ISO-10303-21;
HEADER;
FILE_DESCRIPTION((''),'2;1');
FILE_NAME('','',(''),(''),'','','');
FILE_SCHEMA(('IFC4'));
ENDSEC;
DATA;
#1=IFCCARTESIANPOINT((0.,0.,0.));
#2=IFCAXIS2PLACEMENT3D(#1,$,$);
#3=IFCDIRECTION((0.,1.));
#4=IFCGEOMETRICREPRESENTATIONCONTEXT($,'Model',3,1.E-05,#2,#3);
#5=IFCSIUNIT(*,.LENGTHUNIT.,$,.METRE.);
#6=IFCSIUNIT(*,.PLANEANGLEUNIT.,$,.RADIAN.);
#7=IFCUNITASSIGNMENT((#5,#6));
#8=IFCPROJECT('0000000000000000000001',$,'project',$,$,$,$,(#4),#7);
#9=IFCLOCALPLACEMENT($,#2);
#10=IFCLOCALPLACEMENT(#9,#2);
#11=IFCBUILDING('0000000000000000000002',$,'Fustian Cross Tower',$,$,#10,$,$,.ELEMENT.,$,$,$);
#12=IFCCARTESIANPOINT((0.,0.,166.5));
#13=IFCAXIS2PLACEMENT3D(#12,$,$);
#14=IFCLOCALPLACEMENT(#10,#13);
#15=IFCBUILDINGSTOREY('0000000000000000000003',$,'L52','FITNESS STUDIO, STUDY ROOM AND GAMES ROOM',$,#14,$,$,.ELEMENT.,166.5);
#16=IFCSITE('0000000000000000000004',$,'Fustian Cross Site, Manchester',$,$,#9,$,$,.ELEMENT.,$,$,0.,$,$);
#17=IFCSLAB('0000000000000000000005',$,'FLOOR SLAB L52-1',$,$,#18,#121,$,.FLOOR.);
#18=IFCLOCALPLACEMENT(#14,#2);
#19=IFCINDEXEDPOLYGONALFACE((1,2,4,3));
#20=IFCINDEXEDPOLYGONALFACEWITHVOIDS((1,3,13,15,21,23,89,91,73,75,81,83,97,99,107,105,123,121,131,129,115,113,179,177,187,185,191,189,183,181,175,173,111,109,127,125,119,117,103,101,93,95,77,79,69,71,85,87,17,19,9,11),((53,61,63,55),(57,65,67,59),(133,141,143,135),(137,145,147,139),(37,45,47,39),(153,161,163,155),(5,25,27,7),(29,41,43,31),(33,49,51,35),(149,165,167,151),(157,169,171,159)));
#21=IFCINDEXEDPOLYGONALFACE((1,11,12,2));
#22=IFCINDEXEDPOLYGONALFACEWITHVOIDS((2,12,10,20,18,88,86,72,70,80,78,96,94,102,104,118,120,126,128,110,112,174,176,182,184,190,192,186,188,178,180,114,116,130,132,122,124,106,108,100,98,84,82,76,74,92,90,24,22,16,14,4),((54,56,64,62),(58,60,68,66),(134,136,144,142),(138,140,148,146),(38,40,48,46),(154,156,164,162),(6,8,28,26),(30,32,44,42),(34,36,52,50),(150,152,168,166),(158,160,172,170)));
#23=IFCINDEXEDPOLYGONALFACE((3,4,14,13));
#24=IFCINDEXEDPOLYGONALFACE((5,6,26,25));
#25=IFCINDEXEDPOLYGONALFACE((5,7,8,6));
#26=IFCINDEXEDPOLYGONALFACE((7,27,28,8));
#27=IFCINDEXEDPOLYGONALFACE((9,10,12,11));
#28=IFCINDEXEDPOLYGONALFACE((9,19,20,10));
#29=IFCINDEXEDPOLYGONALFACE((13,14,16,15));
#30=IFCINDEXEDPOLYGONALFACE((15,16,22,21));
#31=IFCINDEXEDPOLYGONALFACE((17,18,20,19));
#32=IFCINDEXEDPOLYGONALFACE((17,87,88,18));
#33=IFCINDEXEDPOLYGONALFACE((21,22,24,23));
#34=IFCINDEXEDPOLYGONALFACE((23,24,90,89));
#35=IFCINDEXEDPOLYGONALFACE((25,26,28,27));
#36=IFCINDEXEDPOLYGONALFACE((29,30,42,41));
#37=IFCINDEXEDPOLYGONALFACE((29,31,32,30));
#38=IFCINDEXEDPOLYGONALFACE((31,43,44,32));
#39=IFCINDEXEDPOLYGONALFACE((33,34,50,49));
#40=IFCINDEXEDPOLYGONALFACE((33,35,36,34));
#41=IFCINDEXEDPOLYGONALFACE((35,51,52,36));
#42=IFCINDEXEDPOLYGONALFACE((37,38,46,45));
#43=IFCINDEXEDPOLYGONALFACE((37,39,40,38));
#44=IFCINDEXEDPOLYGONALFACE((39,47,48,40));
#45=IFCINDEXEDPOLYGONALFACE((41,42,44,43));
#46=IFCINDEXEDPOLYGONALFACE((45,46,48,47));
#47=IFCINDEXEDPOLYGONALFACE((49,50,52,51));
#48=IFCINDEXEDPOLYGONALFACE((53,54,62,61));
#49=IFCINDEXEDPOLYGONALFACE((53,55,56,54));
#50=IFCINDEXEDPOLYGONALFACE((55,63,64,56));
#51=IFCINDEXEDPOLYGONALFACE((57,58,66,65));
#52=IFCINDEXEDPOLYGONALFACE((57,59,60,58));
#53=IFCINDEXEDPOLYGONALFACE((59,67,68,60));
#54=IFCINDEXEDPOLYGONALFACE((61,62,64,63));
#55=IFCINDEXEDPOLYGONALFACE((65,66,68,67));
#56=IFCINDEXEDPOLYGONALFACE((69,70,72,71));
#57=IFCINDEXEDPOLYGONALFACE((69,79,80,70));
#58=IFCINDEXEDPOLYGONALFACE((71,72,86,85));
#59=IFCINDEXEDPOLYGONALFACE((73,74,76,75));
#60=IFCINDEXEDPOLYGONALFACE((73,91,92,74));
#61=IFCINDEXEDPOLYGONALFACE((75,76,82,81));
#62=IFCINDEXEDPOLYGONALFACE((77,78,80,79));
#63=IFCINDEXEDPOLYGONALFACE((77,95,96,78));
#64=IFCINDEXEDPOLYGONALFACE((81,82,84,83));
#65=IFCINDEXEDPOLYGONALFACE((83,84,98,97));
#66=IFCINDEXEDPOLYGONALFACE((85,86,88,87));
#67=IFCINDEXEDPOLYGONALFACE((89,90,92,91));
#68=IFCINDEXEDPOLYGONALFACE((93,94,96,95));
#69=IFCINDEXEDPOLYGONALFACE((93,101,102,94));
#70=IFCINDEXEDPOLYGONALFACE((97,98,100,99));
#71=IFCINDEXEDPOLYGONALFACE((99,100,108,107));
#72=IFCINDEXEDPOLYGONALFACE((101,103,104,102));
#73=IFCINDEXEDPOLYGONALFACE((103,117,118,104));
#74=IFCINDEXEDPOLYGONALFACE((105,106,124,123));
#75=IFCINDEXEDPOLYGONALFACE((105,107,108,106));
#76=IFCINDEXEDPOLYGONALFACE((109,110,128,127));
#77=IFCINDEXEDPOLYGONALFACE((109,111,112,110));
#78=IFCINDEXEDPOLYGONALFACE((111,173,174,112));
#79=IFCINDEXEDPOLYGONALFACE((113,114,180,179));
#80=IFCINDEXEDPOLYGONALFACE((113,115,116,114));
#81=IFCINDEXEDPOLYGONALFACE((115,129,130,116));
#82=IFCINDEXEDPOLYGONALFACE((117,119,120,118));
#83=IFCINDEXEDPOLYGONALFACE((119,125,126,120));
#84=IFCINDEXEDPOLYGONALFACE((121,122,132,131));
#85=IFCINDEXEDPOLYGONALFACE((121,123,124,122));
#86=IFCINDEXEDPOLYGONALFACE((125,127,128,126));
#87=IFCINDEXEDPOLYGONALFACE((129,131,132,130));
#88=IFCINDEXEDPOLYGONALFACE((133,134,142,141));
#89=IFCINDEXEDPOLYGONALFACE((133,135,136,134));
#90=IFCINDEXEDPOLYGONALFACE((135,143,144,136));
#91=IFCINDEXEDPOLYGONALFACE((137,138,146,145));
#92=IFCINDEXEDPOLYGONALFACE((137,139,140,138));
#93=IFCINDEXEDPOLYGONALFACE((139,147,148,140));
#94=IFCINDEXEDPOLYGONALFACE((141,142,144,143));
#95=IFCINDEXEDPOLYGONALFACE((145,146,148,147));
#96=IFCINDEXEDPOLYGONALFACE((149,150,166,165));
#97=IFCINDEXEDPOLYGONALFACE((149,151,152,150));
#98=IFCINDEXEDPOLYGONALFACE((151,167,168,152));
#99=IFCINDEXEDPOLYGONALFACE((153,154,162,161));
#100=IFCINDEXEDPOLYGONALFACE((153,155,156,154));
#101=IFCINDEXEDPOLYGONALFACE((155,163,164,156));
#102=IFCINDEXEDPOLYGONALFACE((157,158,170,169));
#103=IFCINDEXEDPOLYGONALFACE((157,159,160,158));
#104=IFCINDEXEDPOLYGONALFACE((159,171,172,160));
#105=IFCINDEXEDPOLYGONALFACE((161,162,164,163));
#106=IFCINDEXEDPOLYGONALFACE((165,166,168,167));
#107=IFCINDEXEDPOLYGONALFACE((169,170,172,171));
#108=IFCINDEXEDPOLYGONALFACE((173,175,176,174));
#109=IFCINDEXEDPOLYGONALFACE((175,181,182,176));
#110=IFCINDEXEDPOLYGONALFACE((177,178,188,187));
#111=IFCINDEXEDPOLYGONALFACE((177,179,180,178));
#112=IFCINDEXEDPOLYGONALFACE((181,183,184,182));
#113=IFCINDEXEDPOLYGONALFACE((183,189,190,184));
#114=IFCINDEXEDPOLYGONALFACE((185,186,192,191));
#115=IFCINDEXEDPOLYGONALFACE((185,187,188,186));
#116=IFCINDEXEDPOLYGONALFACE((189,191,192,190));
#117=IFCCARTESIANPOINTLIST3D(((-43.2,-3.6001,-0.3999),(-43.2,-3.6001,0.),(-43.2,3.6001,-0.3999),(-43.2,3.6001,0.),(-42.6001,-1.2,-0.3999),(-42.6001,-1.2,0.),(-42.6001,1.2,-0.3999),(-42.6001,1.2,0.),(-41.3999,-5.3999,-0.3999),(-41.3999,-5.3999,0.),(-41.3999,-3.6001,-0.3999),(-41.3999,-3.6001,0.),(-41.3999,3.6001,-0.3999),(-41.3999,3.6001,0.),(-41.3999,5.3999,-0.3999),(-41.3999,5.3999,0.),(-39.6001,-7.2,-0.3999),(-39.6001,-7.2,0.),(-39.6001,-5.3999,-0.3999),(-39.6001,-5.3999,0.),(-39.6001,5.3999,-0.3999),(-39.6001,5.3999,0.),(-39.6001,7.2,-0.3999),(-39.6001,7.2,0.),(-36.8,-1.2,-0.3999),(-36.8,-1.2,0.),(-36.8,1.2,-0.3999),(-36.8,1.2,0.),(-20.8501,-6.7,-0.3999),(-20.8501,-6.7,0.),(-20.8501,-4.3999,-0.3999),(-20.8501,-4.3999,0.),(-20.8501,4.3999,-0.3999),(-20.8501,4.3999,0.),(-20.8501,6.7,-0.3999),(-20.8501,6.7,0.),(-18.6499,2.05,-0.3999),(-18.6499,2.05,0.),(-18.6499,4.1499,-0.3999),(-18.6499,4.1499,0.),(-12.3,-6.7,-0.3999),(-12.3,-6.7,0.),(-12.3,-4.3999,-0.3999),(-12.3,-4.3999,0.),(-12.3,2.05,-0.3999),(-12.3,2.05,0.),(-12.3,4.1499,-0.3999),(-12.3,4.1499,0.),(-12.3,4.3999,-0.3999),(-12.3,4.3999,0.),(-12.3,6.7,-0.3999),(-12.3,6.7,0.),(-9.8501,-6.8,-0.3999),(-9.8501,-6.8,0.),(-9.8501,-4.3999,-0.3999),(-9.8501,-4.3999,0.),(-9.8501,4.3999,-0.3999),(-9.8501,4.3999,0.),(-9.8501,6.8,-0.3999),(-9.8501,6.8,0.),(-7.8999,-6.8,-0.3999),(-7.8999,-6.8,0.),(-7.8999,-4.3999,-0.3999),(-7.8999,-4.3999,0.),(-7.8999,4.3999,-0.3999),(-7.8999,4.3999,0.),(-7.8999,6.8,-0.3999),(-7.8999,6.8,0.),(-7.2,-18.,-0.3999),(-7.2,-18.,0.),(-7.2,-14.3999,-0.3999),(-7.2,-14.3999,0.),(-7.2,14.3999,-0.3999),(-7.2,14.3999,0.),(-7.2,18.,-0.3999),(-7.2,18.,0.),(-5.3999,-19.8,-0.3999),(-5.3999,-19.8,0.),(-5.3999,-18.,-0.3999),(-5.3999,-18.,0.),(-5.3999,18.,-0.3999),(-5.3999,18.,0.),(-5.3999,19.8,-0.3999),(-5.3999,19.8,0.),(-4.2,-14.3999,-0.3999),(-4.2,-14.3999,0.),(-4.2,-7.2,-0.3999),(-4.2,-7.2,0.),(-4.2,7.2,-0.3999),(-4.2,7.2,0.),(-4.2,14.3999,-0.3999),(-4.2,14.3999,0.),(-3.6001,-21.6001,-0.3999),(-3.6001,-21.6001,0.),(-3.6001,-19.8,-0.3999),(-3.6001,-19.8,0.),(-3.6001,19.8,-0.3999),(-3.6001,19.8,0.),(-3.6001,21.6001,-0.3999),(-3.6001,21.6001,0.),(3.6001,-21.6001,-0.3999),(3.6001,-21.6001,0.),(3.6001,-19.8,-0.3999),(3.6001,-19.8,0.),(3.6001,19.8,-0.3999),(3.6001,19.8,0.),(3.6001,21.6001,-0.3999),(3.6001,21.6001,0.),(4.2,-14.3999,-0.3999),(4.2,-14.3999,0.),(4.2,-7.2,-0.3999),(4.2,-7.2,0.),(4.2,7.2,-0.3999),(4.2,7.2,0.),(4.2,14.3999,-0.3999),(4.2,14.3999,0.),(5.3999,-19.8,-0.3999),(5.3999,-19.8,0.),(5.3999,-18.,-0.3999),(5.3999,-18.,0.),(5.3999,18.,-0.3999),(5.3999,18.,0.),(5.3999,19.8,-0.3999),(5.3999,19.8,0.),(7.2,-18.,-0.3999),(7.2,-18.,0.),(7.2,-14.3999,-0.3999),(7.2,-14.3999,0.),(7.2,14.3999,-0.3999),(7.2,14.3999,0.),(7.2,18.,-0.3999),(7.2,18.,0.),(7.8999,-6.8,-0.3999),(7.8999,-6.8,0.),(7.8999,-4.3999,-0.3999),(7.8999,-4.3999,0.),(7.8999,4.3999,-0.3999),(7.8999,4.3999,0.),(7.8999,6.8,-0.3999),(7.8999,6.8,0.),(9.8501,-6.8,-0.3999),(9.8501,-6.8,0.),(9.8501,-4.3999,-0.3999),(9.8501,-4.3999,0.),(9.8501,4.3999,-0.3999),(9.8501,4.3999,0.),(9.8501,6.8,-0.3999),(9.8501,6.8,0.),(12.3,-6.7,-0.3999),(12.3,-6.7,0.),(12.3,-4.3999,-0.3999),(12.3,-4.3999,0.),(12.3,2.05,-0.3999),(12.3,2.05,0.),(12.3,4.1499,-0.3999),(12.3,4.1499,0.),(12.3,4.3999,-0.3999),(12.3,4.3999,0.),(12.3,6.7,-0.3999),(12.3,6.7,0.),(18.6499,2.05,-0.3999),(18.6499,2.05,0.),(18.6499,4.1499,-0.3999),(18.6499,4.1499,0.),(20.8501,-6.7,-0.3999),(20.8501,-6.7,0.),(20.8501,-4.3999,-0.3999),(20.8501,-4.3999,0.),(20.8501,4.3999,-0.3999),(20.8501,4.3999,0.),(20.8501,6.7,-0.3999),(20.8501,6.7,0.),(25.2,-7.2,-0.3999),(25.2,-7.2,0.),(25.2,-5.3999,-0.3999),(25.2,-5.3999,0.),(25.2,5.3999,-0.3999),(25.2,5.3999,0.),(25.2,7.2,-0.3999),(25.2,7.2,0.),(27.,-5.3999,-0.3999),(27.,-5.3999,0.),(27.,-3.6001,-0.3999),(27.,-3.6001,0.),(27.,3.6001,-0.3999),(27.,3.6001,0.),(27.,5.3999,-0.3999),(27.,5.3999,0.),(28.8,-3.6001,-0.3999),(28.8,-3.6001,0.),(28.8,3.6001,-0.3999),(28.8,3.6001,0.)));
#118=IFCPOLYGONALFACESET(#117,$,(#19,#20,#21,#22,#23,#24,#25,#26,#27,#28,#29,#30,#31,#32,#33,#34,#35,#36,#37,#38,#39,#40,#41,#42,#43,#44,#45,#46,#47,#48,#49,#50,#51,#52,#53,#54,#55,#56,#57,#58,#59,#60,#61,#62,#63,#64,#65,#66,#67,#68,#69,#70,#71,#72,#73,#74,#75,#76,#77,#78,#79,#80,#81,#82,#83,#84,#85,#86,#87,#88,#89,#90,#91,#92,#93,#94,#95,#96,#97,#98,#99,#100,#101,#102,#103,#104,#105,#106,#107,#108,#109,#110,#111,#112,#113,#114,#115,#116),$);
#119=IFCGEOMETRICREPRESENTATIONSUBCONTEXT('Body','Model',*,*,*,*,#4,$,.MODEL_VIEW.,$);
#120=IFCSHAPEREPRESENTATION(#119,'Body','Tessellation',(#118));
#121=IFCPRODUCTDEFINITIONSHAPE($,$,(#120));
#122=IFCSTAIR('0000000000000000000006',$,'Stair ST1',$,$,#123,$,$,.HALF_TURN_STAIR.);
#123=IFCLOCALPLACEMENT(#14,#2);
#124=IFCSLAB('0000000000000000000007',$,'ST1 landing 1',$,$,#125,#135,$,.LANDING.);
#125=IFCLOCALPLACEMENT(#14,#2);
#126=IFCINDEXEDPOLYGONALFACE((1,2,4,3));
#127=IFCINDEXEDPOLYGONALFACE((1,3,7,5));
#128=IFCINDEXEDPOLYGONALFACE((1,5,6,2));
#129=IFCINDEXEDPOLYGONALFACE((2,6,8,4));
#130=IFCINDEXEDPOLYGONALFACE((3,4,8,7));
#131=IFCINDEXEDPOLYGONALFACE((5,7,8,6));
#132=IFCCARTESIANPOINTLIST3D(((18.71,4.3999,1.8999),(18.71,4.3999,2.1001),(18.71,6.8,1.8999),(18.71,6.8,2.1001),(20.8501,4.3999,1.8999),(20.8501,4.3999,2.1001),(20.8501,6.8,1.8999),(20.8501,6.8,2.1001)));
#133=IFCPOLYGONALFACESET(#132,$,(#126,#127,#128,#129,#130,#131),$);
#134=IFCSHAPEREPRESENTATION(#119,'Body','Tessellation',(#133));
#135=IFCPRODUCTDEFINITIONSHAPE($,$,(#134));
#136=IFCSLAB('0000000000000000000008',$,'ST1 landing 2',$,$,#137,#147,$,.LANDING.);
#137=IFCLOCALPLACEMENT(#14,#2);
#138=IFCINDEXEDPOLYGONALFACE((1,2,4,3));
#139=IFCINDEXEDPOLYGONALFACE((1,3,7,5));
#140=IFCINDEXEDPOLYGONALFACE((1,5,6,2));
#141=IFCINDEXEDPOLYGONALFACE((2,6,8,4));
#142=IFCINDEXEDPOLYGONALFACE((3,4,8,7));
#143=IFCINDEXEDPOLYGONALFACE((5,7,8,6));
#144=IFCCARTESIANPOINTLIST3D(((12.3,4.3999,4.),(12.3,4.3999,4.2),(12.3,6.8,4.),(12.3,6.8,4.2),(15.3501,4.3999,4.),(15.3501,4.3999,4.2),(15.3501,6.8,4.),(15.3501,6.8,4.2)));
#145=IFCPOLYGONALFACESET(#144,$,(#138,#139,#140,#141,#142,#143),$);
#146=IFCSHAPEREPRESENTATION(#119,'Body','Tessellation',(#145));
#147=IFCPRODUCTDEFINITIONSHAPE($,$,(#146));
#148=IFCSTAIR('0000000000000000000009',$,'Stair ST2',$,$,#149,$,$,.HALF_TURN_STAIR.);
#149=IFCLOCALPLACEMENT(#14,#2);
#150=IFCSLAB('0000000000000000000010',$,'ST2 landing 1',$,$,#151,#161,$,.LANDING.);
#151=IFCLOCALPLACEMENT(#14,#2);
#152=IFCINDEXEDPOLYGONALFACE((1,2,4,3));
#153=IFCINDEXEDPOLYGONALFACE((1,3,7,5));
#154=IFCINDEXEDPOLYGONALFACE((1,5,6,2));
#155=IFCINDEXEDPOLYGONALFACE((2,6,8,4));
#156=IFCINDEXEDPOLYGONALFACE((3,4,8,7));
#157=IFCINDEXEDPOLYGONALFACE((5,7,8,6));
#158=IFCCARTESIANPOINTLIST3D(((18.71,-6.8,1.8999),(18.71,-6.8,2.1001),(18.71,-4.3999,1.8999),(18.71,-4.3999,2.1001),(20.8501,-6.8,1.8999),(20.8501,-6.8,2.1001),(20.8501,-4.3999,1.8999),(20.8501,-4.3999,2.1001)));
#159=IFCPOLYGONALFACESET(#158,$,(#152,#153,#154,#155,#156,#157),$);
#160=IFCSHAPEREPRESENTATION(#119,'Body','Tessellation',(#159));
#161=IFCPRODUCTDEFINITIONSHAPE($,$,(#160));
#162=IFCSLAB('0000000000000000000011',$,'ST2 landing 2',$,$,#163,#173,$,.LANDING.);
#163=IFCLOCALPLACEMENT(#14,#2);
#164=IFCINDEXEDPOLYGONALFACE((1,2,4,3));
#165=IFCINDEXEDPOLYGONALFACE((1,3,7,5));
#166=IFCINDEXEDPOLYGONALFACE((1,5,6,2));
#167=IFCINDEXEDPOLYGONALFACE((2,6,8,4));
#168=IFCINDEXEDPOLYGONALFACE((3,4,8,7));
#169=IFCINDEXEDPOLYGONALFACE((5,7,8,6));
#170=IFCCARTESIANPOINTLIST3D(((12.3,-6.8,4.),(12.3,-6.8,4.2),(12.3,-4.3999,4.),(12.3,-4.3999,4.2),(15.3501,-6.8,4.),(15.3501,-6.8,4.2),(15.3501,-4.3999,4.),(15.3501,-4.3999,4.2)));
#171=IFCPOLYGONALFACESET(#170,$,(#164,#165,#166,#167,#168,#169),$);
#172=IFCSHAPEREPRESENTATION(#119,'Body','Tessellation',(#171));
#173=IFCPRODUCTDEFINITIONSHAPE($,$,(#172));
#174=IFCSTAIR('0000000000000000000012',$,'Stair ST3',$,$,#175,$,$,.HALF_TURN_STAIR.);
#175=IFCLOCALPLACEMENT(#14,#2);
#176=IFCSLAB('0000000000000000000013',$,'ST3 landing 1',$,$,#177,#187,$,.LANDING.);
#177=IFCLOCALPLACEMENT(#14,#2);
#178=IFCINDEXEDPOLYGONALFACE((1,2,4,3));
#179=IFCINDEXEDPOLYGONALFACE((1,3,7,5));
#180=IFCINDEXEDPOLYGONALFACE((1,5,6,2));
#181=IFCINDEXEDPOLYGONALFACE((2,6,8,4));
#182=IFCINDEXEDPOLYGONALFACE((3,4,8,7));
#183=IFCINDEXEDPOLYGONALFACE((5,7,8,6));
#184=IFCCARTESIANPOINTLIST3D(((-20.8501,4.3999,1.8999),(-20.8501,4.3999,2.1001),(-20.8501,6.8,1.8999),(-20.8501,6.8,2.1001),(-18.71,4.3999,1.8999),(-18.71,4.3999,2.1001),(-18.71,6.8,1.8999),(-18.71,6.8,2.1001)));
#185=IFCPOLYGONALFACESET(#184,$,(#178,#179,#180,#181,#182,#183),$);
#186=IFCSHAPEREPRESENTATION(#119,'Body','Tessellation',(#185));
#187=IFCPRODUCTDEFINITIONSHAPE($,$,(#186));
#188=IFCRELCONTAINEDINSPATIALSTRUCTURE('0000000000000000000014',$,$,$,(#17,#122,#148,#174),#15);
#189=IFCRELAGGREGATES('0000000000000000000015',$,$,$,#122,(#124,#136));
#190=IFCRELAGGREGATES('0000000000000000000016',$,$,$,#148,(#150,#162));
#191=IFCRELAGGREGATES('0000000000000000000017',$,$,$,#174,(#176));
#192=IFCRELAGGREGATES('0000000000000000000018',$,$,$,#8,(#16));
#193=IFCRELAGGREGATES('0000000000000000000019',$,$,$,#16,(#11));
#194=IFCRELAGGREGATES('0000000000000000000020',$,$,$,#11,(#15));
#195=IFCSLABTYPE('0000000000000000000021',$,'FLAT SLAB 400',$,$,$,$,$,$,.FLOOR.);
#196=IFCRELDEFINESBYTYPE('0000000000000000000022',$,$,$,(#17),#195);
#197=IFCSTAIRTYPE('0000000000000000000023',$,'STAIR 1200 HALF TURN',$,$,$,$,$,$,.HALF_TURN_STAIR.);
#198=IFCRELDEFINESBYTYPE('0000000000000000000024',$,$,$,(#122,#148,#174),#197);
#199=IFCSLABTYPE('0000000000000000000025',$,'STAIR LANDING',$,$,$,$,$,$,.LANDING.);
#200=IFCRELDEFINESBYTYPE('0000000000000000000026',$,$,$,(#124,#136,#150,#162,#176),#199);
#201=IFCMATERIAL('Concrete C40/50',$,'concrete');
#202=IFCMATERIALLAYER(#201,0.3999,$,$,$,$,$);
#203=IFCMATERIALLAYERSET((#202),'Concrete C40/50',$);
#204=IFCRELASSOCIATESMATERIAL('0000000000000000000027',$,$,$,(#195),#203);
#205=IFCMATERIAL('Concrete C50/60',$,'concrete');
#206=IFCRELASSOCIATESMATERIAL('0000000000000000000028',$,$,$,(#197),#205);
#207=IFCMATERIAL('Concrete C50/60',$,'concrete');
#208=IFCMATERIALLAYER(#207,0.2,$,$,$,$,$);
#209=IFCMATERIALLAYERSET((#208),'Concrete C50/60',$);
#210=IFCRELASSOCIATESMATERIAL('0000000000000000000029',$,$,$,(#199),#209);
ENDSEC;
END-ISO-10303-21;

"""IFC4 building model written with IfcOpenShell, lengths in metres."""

from ifc_helpers import new_model, si_unit, direction, frame, origin, place, context, subcontext, project, spatial, polyline, outline, extrude, material, layer, layer_set, type_object, element, aggregate, save


model = new_model("IFC4")

# Units and contexts
model_context = context("Model", 3, precision=1e-05, world=origin(), true_north=direction((0.0, 1.0)))
body_context = subcontext(model_context, "Body", "Model", "MODEL_VIEW")
ifc_project = project(units=[si_unit("LENGTHUNIT", "METRE"), si_unit("PLANEANGLEUNIT", "RADIAN")], contexts=[model_context])

# Site, building, storey
site_placement = place(None, origin())
site = spatial("IfcSite", under=ifc_project, at=site_placement, Name="Fustian Cross Site, Manchester", CompositionType="ELEMENT", RefElevation=0.0)
building_placement = place(site_placement, origin())
building = spatial("IfcBuilding", under=site, at=building_placement, Name="Fustian Cross Tower", CompositionType="ELEMENT")
storey_placement = place(building_placement, frame((0.0, 0.0, 166.5)))
storey = spatial("IfcBuildingStorey", under=building, at=storey_placement, Name="L52", Description="FITNESS STUDIO, STUDY ROOM AND GAMES ROOM", CompositionType="ELEMENT", Elevation=166.5)

# Slab
ifc_material_1 = material(Name="Concrete C40/50", Category="concrete")
ifc_layer_1 = layer(ifc_material_1, 0.3999)
ifc_layer_set_1 = layer_set([ifc_layer_1], Name="Concrete C40/50")
slab_type_1 = type_object("IfcSlabType", Name="FLAT SLAB 400", PredefinedType="FLOOR", material=ifc_layer_set_1)
slab_1_placement = place(storey_placement, frame((0.0, 0.0, -0.3999)))
element("IfcSlab", 1, at=slab_1_placement, inside=storey, type_object=slab_type_1, Name="FLOOR SLAB L52-1", PredefinedType="FLOOR", context=body_context, shape_type="SweptSolid", body=[
    extrude(outline(polyline([(-5.3999, -19.8), (-5.3999, -18.0), (-7.2, -18.0), (-7.2, -14.3999), (-4.2, -14.3999), (-4.2, -7.2), (-39.6001, -7.2), (-39.6001, -5.3999), (-41.3999, -5.3999), (-41.3999, -3.6001), (-43.2, -3.6001), (-43.2, 3.6001), (-41.3999, 3.6001), (-41.3999, 5.3999), (-39.6001, 5.3999), (-39.6001, 7.2), (-4.2, 7.2), (-4.2, 14.3999), (-7.2, 14.3999), (-7.2, 18.0), (-5.3999, 18.0), (-5.3999, 19.8), (-3.6001, 19.8), (-3.6001, 21.6001), (3.6001, 21.6001), (3.6001, 19.8), (5.3999, 19.8), (5.3999, 18.0), (7.2, 18.0), (7.2, 14.3999), (4.2, 14.3999), (4.2, 7.2), (25.2, 7.2), (25.2, 5.3999), (27.0, 5.3999), (27.0, 3.6001), (28.8, 3.6001), (28.8, -3.6001), (27.0, -3.6001), (27.0, -5.3999), (25.2, -5.3999), (25.2, -7.2), (4.2, -7.2), (4.2, -14.3999), (7.2, -14.3999), (7.2, -18.0), (5.3999, -18.0), (5.3999, -19.8), (3.6001, -19.8), (3.6001, -21.6001), (-3.6001, -21.6001), (-3.6001, -19.8), (-5.3999, -19.8)]), holes=[polyline([(7.8999, 4.3999), (9.8501, 4.3999), (9.8501, 6.8), (7.8999, 6.8), (7.8999, 4.3999)]), polyline([(7.8999, -4.3999), (7.8999, -6.8), (9.8501, -6.8), (9.8501, -4.3999), (7.8999, -4.3999)]), polyline([(-7.8999, 6.8), (-9.8501, 6.8), (-9.8501, 4.3999), (-7.8999, 4.3999), (-7.8999, 6.8)]), polyline([(-7.8999, -6.8), (-7.8999, -4.3999), (-9.8501, -4.3999), (-9.8501, -6.8), (-7.8999, -6.8)]), polyline([(12.3, 2.05), (18.6499, 2.05), (18.6499, 4.1499), (12.3, 4.1499), (12.3, 2.05)]), polyline([(-18.6499, 4.1499), (-18.6499, 2.05), (-12.3, 2.05), (-12.3, 4.1499), (-18.6499, 4.1499)]), polyline([(20.8501, 6.7), (12.3, 6.7), (12.3, 4.3999), (20.8501, 4.3999), (20.8501, 6.7)]), polyline([(20.8501, -6.7), (20.8501, -4.3999), (12.3, -4.3999), (12.3, -6.7), (20.8501, -6.7)]), polyline([(-20.8501, 4.3999), (-12.3, 4.3999), (-12.3, 6.7), (-20.8501, 6.7), (-20.8501, 4.3999)]), polyline([(-20.8501, -4.3999), (-20.8501, -6.7), (-12.3, -6.7), (-12.3, -4.3999), (-20.8501, -4.3999)]), polyline([(-36.8, 1.2), (-42.6001, 1.2), (-42.6001, -1.2), (-36.8, -1.2), (-36.8, 1.2)])]), origin(), (0.0, 0.0, 1.0), 0.3999),
])

# Stairs, slabs
ifc_material_2 = material(Name="Concrete C50/60", Category="concrete")
stair_type = type_object("IfcStairType", Name="STAIR 1200 HALF TURN", PredefinedType="HALF_TURN_STAIR", material=ifc_material_2)
stair_1_placement = place(storey_placement, origin())
stair_1 = element("IfcStair", 2, at=stair_1_placement, inside=storey, type_object=stair_type, Name="Stair ST1", PredefinedType="HALF_TURN_STAIR")
ifc_material_3 = material(Name="Concrete C50/60", Category="concrete")
ifc_layer_2 = layer(ifc_material_3, 0.2)
ifc_layer_set_2 = layer_set([ifc_layer_2], Name="Concrete C50/60")
slab_type_2 = type_object("IfcSlabType", Name="STAIR LANDING", PredefinedType="LANDING", material=ifc_layer_set_2)
slab_2_placement = place(storey_placement, frame((0.0, 0.0, 1.8999)))
slab_2 = element("IfcSlab", 3, at=slab_2_placement, type_object=slab_type_2, Name="ST1 landing 1", PredefinedType="LANDING", context=body_context, shape_type="SweptSolid", body=[
    extrude(outline(polyline([(18.71, 4.3999), (20.8501, 4.3999), (20.8501, 6.8), (18.71, 6.8), (18.71, 4.3999)])), origin(), (0.0, 0.0, 1.0), 0.2002),
])
slab_3_placement = place(storey_placement, frame((0.0, 0.0, 4.0)))
slab_3 = element("IfcSlab", 4, at=slab_3_placement, type_object=slab_type_2, Name="ST1 landing 2", PredefinedType="LANDING", context=body_context, shape_type="SweptSolid", body=[
    extrude(outline(polyline([(12.3, 4.3999), (15.3501, 4.3999), (15.3501, 6.8), (12.3, 6.8), (12.3, 4.3999)])), origin(), (0.0, 0.0, 1.0), 0.2),
])
aggregate(stair_1, [slab_2, slab_3])
stair_2_placement = place(storey_placement, origin())
stair_2 = element("IfcStair", 5, at=stair_2_placement, inside=storey, type_object=stair_type, Name="Stair ST2", PredefinedType="HALF_TURN_STAIR")
slab_4_placement = place(storey_placement, frame((0.0, 0.0, 1.8999)))
slab_4 = element("IfcSlab", 6, at=slab_4_placement, type_object=slab_type_2, Name="ST2 landing 1", PredefinedType="LANDING", context=body_context, shape_type="SweptSolid", body=[
    extrude(outline(polyline([(18.71, -4.3999), (20.8501, -4.3999), (20.8501, -6.8), (18.71, -6.8), (18.71, -4.3999)])), origin(), (0.0, 0.0, 1.0), 0.2002),
])
slab_5_placement = place(storey_placement, frame((0.0, 0.0, 4.0)))
slab_5 = element("IfcSlab", 7, at=slab_5_placement, type_object=slab_type_2, Name="ST2 landing 2", PredefinedType="LANDING", context=body_context, shape_type="SweptSolid", body=[
    extrude(outline(polyline([(12.3, -4.3999), (15.3501, -4.3999), (15.3501, -6.8), (12.3, -6.8), (12.3, -4.3999)])), origin(), (0.0, 0.0, 1.0), 0.2),
])
aggregate(stair_2, [slab_4, slab_5])
stair_3_placement = place(storey_placement, origin())
stair_3 = element("IfcStair", 8, at=stair_3_placement, inside=storey, type_object=stair_type, Name="Stair ST3", PredefinedType="HALF_TURN_STAIR")
slab_6_placement = place(storey_placement, frame((0.0, 0.0, 1.8999)))
slab_6 = element("IfcSlab", 9, at=slab_6_placement, type_object=slab_type_2, Name="ST3 landing 1", PredefinedType="LANDING", context=body_context, shape_type="SweptSolid", body=[
    extrude(outline(polyline([(-18.71, 4.3999), (-20.8501, 4.3999), (-20.8501, 6.8), (-18.71, 6.8), (-18.71, 4.3999)])), origin(), (0.0, 0.0, 1.0), 0.2002),
])
aggregate(stair_3, [slab_6])

save(model, "model.ifc")
